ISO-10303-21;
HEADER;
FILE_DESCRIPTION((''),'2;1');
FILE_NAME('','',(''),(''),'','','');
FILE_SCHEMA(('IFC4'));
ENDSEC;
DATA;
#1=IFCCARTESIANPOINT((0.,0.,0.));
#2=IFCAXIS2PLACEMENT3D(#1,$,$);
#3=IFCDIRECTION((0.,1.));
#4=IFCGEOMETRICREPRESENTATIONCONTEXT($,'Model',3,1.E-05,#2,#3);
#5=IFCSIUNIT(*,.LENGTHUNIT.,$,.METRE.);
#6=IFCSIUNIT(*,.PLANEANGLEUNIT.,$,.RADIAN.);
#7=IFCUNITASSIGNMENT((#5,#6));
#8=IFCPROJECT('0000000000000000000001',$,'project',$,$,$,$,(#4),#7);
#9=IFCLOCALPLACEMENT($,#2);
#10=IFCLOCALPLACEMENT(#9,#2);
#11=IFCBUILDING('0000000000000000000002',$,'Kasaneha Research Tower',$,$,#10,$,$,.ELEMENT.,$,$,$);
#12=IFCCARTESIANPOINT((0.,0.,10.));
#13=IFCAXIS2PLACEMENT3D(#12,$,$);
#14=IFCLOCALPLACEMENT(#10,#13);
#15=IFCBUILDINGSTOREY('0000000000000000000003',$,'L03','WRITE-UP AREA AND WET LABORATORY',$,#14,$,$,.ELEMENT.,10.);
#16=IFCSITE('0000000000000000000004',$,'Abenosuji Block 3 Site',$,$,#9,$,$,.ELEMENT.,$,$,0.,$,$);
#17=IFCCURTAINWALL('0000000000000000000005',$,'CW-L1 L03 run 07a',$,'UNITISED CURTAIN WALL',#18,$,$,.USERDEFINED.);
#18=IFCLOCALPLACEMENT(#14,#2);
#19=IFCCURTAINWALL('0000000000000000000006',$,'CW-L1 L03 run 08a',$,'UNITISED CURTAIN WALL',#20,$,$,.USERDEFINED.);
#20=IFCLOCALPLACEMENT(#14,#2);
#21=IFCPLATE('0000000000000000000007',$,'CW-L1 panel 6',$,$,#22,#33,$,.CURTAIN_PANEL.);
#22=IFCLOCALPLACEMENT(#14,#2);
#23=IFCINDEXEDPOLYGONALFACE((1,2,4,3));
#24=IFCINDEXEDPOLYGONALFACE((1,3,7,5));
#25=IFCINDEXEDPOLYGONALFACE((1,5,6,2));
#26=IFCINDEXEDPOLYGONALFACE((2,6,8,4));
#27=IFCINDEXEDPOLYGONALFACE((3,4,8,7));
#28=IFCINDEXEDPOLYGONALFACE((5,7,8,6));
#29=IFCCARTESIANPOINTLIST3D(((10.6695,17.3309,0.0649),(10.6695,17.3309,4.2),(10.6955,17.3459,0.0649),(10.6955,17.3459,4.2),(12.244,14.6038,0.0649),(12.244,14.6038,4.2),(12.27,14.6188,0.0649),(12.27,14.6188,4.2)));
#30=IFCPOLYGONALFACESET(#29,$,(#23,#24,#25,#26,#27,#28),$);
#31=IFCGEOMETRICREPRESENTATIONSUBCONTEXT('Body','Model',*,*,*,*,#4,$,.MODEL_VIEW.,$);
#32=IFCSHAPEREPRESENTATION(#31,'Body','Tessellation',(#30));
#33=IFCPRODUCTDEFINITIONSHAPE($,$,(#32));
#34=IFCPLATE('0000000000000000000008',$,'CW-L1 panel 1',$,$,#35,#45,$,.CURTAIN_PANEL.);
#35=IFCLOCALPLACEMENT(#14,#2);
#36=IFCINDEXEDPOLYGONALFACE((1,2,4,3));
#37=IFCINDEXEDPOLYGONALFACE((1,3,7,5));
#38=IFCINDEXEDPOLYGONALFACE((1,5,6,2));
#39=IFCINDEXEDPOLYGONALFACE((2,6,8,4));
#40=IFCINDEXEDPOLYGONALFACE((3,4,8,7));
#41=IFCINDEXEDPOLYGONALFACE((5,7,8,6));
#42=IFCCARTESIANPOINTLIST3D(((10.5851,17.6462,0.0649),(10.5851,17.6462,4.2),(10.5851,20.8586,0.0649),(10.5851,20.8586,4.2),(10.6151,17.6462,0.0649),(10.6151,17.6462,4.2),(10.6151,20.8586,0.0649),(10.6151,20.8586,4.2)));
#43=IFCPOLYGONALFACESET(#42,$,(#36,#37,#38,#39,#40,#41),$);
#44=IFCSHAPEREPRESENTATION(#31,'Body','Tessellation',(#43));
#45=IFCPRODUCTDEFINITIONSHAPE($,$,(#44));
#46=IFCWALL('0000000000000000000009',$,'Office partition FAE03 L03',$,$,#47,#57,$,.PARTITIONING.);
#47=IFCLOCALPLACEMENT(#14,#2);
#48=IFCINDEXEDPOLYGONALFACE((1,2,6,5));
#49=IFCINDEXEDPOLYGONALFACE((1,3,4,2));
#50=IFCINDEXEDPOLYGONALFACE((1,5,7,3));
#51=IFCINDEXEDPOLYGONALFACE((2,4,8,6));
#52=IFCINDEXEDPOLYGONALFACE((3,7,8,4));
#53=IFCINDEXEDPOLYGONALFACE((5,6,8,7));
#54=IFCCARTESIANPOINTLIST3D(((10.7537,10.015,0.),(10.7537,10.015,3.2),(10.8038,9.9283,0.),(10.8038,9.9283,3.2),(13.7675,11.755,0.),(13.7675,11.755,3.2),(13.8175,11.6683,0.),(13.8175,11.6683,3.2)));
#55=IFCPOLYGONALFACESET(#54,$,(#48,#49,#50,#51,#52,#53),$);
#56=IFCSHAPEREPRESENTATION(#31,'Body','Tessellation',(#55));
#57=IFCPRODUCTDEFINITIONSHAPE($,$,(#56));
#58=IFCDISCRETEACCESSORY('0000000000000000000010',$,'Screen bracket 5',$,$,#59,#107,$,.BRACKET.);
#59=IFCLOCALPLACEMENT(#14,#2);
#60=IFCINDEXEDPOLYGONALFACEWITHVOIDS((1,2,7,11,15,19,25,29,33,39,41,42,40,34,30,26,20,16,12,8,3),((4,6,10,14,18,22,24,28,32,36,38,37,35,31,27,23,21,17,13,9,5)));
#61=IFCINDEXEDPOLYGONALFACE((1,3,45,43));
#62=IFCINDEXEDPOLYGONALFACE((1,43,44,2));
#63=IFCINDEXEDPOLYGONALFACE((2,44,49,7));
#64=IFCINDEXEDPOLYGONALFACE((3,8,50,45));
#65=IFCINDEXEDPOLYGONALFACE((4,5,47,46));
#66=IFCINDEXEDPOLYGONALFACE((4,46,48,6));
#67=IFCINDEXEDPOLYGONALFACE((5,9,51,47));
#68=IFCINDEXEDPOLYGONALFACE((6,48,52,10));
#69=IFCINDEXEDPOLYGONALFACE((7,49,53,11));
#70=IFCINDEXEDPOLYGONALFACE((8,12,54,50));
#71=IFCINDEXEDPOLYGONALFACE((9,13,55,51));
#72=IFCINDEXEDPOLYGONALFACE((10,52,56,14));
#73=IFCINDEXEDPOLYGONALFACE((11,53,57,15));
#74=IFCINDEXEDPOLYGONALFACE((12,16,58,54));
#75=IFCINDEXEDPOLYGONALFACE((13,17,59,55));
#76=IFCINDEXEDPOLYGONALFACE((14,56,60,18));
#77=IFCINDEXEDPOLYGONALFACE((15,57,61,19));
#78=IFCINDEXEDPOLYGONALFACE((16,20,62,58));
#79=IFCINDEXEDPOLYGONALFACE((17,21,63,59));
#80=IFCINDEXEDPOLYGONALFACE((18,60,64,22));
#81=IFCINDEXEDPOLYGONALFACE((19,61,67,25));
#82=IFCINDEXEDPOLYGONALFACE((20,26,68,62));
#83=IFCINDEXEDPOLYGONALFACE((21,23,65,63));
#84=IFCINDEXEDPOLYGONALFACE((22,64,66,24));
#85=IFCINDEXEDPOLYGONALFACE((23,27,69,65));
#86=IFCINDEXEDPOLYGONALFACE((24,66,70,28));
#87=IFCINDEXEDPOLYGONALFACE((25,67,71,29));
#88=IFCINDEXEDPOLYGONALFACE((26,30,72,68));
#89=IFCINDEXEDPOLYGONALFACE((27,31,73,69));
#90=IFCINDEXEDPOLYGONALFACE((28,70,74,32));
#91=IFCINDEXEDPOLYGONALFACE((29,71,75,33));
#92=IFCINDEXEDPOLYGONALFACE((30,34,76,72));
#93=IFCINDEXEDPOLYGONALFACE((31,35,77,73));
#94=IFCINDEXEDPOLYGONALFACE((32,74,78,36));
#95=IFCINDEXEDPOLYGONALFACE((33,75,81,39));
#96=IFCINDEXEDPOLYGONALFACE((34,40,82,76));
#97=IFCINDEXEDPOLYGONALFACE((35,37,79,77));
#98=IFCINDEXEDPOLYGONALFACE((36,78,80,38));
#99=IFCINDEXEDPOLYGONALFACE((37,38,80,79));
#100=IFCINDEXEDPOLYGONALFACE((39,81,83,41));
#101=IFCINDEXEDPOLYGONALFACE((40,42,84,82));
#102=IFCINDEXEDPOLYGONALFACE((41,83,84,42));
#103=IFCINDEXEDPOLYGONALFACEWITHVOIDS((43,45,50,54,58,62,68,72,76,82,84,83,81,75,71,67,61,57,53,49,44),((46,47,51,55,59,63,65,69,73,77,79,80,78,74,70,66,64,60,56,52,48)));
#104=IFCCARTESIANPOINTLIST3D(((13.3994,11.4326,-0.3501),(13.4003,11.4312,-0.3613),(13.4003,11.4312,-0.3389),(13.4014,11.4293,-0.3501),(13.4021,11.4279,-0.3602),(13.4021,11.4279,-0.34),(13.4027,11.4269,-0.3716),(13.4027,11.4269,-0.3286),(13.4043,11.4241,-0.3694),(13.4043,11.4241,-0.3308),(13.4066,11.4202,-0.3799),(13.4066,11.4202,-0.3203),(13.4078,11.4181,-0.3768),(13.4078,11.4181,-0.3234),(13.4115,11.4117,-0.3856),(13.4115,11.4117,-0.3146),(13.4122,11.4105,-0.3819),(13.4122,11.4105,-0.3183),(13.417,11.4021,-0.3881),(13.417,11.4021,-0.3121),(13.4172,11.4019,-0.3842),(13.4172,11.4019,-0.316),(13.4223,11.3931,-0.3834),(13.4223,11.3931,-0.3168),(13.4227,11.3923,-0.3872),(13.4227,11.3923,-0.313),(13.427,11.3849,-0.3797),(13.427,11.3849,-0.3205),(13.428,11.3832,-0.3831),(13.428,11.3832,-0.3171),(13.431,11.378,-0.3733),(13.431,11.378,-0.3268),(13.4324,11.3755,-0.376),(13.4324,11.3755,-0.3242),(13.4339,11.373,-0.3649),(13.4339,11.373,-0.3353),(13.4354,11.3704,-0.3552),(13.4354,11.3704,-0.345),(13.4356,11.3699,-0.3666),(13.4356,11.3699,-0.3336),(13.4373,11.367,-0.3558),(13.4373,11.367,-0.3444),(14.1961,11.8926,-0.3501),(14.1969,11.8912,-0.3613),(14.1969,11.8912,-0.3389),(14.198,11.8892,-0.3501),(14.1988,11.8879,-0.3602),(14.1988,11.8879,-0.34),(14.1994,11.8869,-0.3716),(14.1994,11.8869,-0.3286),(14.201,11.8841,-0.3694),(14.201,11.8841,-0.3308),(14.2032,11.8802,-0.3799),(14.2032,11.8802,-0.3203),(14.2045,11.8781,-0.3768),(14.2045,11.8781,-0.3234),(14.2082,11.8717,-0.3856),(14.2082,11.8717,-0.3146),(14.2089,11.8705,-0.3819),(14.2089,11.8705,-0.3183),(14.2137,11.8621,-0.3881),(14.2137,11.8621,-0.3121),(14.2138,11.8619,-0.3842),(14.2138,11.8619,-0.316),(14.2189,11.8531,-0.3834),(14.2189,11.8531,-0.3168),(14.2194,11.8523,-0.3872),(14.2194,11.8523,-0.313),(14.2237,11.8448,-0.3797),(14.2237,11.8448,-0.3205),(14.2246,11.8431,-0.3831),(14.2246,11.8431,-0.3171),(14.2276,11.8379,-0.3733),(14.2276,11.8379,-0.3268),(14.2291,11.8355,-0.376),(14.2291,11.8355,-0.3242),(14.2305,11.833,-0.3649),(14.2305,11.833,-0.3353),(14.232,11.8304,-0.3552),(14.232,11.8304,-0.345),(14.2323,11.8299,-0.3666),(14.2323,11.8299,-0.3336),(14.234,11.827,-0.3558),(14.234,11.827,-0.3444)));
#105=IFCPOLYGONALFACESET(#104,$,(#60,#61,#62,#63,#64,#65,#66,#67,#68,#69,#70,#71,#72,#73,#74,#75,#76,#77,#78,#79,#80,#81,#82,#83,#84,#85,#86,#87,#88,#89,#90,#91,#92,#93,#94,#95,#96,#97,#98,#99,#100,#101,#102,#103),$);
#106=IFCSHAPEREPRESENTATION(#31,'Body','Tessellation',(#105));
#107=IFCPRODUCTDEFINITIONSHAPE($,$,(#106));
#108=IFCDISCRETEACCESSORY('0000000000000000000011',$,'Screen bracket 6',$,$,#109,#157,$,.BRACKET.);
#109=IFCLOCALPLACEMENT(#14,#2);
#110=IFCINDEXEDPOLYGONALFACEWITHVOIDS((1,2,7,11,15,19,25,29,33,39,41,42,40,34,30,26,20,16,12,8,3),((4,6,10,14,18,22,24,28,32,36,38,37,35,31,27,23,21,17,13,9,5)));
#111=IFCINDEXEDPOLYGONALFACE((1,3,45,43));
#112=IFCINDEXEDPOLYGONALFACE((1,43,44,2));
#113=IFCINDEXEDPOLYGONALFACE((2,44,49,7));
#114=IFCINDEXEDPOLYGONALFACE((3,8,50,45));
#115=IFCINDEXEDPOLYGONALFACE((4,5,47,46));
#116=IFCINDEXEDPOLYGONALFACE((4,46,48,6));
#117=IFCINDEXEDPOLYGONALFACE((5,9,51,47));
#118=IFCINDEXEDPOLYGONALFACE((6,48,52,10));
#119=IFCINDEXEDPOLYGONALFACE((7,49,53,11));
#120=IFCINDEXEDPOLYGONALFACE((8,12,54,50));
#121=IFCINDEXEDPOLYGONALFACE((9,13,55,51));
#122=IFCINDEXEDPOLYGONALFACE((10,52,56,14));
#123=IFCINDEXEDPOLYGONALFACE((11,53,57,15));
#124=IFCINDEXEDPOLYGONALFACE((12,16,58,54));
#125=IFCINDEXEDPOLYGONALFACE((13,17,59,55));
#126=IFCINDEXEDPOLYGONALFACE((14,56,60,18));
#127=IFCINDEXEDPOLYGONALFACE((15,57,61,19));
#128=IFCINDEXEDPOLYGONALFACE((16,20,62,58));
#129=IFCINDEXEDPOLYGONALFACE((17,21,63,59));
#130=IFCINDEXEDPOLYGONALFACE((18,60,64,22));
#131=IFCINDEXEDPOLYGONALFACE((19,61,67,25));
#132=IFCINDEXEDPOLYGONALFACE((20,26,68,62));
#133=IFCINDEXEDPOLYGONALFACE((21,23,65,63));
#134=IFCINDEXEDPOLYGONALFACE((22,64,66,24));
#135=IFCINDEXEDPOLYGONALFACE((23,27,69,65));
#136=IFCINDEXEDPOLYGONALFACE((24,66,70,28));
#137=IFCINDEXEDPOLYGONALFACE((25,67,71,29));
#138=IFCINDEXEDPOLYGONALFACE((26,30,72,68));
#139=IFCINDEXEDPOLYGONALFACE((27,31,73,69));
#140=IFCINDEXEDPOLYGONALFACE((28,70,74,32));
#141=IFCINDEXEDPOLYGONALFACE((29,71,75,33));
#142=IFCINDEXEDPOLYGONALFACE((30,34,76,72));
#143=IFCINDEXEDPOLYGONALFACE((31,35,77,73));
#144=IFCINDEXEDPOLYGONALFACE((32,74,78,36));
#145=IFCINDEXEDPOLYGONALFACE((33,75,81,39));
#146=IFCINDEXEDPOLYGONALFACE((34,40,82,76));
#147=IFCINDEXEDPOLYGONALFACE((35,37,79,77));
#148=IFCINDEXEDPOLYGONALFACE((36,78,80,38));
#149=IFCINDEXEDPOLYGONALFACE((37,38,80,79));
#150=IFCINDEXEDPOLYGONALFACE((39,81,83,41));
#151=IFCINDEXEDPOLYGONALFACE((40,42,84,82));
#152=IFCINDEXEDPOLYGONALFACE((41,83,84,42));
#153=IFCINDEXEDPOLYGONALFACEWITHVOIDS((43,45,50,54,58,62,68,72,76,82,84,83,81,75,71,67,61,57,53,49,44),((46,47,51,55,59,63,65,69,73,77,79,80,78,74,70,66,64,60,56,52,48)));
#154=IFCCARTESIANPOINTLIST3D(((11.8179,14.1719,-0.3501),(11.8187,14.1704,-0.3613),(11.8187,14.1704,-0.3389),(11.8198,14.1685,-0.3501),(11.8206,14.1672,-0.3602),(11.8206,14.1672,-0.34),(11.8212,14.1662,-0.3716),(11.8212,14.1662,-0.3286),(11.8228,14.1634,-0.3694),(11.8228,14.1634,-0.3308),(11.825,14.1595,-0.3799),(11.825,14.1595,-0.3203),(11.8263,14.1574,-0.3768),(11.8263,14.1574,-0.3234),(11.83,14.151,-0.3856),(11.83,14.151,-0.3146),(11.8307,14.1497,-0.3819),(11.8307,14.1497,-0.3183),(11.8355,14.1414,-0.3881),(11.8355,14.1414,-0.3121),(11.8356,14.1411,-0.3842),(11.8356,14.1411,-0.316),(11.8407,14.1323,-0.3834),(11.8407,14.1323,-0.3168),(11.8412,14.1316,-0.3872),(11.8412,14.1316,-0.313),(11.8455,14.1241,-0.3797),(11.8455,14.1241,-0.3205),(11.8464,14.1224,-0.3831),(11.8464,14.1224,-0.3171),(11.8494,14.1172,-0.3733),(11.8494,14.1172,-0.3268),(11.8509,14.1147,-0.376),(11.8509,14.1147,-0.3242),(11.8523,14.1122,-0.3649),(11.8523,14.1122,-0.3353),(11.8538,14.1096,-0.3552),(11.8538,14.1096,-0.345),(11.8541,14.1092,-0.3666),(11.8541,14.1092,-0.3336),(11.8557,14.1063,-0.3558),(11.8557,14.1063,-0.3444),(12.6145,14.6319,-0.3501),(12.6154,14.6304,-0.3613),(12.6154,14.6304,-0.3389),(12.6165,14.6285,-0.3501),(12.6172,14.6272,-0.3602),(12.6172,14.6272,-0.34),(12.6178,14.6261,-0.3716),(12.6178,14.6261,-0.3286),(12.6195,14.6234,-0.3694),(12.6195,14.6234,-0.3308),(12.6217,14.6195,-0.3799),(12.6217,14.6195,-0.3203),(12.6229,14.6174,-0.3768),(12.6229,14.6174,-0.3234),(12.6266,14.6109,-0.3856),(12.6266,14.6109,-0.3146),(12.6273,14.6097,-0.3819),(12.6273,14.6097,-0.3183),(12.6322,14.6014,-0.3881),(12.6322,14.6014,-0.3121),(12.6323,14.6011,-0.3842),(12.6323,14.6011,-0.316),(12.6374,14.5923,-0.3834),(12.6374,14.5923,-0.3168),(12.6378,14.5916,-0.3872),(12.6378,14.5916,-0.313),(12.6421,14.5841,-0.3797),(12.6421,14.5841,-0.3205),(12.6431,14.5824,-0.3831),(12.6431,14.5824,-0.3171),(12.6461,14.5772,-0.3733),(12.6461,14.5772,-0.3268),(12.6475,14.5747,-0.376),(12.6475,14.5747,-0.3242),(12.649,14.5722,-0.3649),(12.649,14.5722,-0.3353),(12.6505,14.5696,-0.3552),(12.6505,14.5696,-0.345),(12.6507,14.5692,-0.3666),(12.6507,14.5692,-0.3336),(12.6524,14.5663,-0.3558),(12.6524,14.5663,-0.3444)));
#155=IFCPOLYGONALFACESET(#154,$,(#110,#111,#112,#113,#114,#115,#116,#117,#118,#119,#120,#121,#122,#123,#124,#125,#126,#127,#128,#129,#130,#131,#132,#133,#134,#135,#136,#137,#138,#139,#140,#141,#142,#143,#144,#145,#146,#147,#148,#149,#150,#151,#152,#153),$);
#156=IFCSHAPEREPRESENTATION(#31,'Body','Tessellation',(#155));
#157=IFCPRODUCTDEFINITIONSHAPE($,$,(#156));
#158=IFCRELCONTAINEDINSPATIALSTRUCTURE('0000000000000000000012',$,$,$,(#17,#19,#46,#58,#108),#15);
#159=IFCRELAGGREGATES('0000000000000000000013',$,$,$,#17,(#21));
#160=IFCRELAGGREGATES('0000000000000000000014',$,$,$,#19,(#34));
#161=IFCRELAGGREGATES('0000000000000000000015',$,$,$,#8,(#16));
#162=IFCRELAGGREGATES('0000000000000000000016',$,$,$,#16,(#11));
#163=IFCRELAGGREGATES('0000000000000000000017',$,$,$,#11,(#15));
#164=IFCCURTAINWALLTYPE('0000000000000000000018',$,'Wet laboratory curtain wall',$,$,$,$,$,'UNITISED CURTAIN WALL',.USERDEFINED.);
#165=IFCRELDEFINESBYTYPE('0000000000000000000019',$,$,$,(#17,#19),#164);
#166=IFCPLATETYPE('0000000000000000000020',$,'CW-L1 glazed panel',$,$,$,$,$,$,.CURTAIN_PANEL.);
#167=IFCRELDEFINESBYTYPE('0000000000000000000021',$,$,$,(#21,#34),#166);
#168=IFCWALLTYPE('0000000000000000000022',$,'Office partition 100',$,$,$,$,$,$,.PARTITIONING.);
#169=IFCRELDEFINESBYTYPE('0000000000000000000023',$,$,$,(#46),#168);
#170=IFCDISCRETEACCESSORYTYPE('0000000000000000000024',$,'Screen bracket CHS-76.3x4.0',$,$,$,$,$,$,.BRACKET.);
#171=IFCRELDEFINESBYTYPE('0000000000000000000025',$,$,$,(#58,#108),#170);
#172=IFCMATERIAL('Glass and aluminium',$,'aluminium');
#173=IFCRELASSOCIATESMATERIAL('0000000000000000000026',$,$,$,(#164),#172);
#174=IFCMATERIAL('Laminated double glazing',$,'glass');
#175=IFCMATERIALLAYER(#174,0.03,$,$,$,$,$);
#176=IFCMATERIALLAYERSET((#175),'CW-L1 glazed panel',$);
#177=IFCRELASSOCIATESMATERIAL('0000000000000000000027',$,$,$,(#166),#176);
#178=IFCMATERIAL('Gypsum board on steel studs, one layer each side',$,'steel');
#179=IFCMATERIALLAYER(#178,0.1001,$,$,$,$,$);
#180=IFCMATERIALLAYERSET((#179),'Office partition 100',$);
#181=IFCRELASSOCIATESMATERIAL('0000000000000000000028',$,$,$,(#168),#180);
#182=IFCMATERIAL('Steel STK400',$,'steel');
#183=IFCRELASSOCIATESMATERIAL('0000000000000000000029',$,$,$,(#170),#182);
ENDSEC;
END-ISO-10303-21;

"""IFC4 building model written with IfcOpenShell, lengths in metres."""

from ifc_helpers import new_model, si_unit, direction, frame, frame_2d, origin, origin_2d, place, context, subcontext, project, spatial, rectangle, hollow_circle, extrude, material, layer, layer_set, material_profile, profile_set, type_object, element, aggregate, save


model = new_model("IFC4")

# Units and contexts
model_context = context("Model", 3, precision=1e-05, world=origin(), true_north=direction((0.0, 1.0)))
body_context = subcontext(model_context, "Body", "Model", "MODEL_VIEW")
ifc_project = project(units=[si_unit("LENGTHUNIT", "METRE"), si_unit("PLANEANGLEUNIT", "RADIAN")], contexts=[model_context])

# Site, building, storey
site_placement = place(None, origin())
site = spatial("IfcSite", under=ifc_project, at=site_placement, Name="Abenosuji Block 3 Site", CompositionType="ELEMENT", RefElevation=0.0)
building_placement = place(site_placement, origin())
building = spatial("IfcBuilding", under=site, at=building_placement, Name="Kasaneha Research Tower", CompositionType="ELEMENT")
storey_placement = place(building_placement, frame((0.0, 0.0, 10.0)))
storey = spatial("IfcBuildingStorey", under=building, at=storey_placement, Name="L03", Description="WRITE-UP AREA AND WET LABORATORY", CompositionType="ELEMENT", Elevation=10.0)

# Curtain walls
ifc_material_1 = material(Name="Glass and aluminium", Category="aluminium")
curtain_wall_type = type_object("IfcCurtainWallType", Name="Wet laboratory curtain wall", ElementType="UNITISED CURTAIN WALL", PredefinedType="USERDEFINED", material=ifc_material_1)
curtain_wall_1_placement = place(storey_placement, origin())
curtain_wall_1 = element("IfcCurtainWall", 1, at=curtain_wall_1_placement, inside=storey, type_object=curtain_wall_type, Name="CW-L1 L03 run 07a", ObjectType="UNITISED CURTAIN WALL", PredefinedType="USERDEFINED")
curtain_wall_2_placement = place(storey_placement, origin())
curtain_wall_2 = element("IfcCurtainWall", 2, at=curtain_wall_2_placement, inside=storey, type_object=curtain_wall_type, Name="CW-L1 L03 run 08a", ObjectType="UNITISED CURTAIN WALL", PredefinedType="USERDEFINED")

# Plates
ifc_material_2 = material(Name="Laminated double glazing", Category="glass")
ifc_layer_1 = layer(ifc_material_2, 0.03)
ifc_layer_set_1 = layer_set([ifc_layer_1], Name="CW-L1 glazed panel")
plate_type = type_object("IfcPlateType", Name="CW-L1 glazed panel", PredefinedType="CURTAIN_PANEL", material=ifc_layer_set_1)
plate_1_placement = place(storey_placement, frame((11.4697, 15.9749, 0.0649), z_axis=(0.0, 0.0, 1.0), x_axis=(-0.5, 0.866025, 0.0)))
plate_1 = element("IfcPlate", 3, at=plate_1_placement, type_object=plate_type, Name="CW-L1 panel 6", PredefinedType="CURTAIN_PANEL", context=body_context, shape_type="SweptSolid", body=[
    extrude(rectangle(XDim=3.1489, YDim=0.03, at=origin_2d()), origin(), (0.0, 0.0, 1.0), 4.135),
])
aggregate(curtain_wall_1, [plate_1])
plate_2_placement = place(storey_placement, frame((10.6001, 19.2524, 0.0649), z_axis=(0.0, 0.0, 1.0), x_axis=(0.0, 1.0, 0.0)))
plate_2 = element("IfcPlate", 4, at=plate_2_placement, type_object=plate_type, Name="CW-L1 panel 1", PredefinedType="CURTAIN_PANEL", context=body_context, shape_type="SweptSolid", body=[
    extrude(rectangle(XDim=3.2124, YDim=0.03, at=origin_2d()), origin(), (0.0, 0.0, 1.0), 4.135),
])
aggregate(curtain_wall_2, [plate_2])

# Wall
ifc_material_3 = material(Name="Gypsum board on steel studs, one layer each side", Category="steel")
ifc_layer_2 = layer(ifc_material_3, 0.1001)
ifc_layer_set_2 = layer_set([ifc_layer_2], Name="Office partition 100")
wall_type = type_object("IfcWallType", Name="Office partition 100", PredefinedType="PARTITIONING", material=ifc_layer_set_2)
wall_placement = place(storey_placement, frame((13.7925, 11.7117, 0.0), z_axis=(0.0, 0.0, 1.0), x_axis=(-0.86602, -0.50001, 0.0)))
element("IfcWall", 5, at=wall_placement, inside=storey, type_object=wall_type, Name="Office partition FAE03 L03", PredefinedType="PARTITIONING", context=body_context, shape_type="SweptSolid", body=[
    extrude(rectangle(XDim=3.48, YDim=0.1001, at=frame_2d((1.74, 0.0))), origin(), (0.0, 0.0, 1.0), 3.2),
])

# Discrete accessories
ifc_material_4 = material(Name="Steel STK400", Category="steel")
ifc_material_profile_1 = material_profile(ifc_material_4, hollow_circle(Radius=0.0381, WallThickness=0.0039, at=origin_2d()), Name="CHS-76.3x4.0")
ifc_profile_set_1 = profile_set([ifc_material_profile_1], Name="Steel STK400")
discrete_accessory_type = type_object("IfcDiscreteAccessoryType", Name="Screen bracket CHS-76.3x4.0", PredefinedType="BRACKET", material=ifc_profile_set_1)
for number, where, z_axis, x_axis, name in (
    (6, (13.4185, 11.3997, -0.3501), (0.866013, 0.500021, 0.0), (-0.500021, 0.866013, 0.0), "Screen bracket 5"),
    (7, (11.8369, 14.1389, -0.3501), (0.866013, 0.500021, 0.0), (-0.500021, 0.866013, 0.0), "Screen bracket 6"),
):
    element("IfcDiscreteAccessory", number, at=place(storey_placement, frame(where, z_axis=z_axis, x_axis=x_axis)), inside=storey, type_object=discrete_accessory_type, Name=name, PredefinedType="BRACKET", context=body_context, shape_type="SweptSolid", body=[
        extrude(hollow_circle(Radius=0.0381, WallThickness=0.0039, at=origin_2d()), origin(), (0.0, 0.0, 1.0), 0.9199),
    ])

save(model, "model.ifc")
